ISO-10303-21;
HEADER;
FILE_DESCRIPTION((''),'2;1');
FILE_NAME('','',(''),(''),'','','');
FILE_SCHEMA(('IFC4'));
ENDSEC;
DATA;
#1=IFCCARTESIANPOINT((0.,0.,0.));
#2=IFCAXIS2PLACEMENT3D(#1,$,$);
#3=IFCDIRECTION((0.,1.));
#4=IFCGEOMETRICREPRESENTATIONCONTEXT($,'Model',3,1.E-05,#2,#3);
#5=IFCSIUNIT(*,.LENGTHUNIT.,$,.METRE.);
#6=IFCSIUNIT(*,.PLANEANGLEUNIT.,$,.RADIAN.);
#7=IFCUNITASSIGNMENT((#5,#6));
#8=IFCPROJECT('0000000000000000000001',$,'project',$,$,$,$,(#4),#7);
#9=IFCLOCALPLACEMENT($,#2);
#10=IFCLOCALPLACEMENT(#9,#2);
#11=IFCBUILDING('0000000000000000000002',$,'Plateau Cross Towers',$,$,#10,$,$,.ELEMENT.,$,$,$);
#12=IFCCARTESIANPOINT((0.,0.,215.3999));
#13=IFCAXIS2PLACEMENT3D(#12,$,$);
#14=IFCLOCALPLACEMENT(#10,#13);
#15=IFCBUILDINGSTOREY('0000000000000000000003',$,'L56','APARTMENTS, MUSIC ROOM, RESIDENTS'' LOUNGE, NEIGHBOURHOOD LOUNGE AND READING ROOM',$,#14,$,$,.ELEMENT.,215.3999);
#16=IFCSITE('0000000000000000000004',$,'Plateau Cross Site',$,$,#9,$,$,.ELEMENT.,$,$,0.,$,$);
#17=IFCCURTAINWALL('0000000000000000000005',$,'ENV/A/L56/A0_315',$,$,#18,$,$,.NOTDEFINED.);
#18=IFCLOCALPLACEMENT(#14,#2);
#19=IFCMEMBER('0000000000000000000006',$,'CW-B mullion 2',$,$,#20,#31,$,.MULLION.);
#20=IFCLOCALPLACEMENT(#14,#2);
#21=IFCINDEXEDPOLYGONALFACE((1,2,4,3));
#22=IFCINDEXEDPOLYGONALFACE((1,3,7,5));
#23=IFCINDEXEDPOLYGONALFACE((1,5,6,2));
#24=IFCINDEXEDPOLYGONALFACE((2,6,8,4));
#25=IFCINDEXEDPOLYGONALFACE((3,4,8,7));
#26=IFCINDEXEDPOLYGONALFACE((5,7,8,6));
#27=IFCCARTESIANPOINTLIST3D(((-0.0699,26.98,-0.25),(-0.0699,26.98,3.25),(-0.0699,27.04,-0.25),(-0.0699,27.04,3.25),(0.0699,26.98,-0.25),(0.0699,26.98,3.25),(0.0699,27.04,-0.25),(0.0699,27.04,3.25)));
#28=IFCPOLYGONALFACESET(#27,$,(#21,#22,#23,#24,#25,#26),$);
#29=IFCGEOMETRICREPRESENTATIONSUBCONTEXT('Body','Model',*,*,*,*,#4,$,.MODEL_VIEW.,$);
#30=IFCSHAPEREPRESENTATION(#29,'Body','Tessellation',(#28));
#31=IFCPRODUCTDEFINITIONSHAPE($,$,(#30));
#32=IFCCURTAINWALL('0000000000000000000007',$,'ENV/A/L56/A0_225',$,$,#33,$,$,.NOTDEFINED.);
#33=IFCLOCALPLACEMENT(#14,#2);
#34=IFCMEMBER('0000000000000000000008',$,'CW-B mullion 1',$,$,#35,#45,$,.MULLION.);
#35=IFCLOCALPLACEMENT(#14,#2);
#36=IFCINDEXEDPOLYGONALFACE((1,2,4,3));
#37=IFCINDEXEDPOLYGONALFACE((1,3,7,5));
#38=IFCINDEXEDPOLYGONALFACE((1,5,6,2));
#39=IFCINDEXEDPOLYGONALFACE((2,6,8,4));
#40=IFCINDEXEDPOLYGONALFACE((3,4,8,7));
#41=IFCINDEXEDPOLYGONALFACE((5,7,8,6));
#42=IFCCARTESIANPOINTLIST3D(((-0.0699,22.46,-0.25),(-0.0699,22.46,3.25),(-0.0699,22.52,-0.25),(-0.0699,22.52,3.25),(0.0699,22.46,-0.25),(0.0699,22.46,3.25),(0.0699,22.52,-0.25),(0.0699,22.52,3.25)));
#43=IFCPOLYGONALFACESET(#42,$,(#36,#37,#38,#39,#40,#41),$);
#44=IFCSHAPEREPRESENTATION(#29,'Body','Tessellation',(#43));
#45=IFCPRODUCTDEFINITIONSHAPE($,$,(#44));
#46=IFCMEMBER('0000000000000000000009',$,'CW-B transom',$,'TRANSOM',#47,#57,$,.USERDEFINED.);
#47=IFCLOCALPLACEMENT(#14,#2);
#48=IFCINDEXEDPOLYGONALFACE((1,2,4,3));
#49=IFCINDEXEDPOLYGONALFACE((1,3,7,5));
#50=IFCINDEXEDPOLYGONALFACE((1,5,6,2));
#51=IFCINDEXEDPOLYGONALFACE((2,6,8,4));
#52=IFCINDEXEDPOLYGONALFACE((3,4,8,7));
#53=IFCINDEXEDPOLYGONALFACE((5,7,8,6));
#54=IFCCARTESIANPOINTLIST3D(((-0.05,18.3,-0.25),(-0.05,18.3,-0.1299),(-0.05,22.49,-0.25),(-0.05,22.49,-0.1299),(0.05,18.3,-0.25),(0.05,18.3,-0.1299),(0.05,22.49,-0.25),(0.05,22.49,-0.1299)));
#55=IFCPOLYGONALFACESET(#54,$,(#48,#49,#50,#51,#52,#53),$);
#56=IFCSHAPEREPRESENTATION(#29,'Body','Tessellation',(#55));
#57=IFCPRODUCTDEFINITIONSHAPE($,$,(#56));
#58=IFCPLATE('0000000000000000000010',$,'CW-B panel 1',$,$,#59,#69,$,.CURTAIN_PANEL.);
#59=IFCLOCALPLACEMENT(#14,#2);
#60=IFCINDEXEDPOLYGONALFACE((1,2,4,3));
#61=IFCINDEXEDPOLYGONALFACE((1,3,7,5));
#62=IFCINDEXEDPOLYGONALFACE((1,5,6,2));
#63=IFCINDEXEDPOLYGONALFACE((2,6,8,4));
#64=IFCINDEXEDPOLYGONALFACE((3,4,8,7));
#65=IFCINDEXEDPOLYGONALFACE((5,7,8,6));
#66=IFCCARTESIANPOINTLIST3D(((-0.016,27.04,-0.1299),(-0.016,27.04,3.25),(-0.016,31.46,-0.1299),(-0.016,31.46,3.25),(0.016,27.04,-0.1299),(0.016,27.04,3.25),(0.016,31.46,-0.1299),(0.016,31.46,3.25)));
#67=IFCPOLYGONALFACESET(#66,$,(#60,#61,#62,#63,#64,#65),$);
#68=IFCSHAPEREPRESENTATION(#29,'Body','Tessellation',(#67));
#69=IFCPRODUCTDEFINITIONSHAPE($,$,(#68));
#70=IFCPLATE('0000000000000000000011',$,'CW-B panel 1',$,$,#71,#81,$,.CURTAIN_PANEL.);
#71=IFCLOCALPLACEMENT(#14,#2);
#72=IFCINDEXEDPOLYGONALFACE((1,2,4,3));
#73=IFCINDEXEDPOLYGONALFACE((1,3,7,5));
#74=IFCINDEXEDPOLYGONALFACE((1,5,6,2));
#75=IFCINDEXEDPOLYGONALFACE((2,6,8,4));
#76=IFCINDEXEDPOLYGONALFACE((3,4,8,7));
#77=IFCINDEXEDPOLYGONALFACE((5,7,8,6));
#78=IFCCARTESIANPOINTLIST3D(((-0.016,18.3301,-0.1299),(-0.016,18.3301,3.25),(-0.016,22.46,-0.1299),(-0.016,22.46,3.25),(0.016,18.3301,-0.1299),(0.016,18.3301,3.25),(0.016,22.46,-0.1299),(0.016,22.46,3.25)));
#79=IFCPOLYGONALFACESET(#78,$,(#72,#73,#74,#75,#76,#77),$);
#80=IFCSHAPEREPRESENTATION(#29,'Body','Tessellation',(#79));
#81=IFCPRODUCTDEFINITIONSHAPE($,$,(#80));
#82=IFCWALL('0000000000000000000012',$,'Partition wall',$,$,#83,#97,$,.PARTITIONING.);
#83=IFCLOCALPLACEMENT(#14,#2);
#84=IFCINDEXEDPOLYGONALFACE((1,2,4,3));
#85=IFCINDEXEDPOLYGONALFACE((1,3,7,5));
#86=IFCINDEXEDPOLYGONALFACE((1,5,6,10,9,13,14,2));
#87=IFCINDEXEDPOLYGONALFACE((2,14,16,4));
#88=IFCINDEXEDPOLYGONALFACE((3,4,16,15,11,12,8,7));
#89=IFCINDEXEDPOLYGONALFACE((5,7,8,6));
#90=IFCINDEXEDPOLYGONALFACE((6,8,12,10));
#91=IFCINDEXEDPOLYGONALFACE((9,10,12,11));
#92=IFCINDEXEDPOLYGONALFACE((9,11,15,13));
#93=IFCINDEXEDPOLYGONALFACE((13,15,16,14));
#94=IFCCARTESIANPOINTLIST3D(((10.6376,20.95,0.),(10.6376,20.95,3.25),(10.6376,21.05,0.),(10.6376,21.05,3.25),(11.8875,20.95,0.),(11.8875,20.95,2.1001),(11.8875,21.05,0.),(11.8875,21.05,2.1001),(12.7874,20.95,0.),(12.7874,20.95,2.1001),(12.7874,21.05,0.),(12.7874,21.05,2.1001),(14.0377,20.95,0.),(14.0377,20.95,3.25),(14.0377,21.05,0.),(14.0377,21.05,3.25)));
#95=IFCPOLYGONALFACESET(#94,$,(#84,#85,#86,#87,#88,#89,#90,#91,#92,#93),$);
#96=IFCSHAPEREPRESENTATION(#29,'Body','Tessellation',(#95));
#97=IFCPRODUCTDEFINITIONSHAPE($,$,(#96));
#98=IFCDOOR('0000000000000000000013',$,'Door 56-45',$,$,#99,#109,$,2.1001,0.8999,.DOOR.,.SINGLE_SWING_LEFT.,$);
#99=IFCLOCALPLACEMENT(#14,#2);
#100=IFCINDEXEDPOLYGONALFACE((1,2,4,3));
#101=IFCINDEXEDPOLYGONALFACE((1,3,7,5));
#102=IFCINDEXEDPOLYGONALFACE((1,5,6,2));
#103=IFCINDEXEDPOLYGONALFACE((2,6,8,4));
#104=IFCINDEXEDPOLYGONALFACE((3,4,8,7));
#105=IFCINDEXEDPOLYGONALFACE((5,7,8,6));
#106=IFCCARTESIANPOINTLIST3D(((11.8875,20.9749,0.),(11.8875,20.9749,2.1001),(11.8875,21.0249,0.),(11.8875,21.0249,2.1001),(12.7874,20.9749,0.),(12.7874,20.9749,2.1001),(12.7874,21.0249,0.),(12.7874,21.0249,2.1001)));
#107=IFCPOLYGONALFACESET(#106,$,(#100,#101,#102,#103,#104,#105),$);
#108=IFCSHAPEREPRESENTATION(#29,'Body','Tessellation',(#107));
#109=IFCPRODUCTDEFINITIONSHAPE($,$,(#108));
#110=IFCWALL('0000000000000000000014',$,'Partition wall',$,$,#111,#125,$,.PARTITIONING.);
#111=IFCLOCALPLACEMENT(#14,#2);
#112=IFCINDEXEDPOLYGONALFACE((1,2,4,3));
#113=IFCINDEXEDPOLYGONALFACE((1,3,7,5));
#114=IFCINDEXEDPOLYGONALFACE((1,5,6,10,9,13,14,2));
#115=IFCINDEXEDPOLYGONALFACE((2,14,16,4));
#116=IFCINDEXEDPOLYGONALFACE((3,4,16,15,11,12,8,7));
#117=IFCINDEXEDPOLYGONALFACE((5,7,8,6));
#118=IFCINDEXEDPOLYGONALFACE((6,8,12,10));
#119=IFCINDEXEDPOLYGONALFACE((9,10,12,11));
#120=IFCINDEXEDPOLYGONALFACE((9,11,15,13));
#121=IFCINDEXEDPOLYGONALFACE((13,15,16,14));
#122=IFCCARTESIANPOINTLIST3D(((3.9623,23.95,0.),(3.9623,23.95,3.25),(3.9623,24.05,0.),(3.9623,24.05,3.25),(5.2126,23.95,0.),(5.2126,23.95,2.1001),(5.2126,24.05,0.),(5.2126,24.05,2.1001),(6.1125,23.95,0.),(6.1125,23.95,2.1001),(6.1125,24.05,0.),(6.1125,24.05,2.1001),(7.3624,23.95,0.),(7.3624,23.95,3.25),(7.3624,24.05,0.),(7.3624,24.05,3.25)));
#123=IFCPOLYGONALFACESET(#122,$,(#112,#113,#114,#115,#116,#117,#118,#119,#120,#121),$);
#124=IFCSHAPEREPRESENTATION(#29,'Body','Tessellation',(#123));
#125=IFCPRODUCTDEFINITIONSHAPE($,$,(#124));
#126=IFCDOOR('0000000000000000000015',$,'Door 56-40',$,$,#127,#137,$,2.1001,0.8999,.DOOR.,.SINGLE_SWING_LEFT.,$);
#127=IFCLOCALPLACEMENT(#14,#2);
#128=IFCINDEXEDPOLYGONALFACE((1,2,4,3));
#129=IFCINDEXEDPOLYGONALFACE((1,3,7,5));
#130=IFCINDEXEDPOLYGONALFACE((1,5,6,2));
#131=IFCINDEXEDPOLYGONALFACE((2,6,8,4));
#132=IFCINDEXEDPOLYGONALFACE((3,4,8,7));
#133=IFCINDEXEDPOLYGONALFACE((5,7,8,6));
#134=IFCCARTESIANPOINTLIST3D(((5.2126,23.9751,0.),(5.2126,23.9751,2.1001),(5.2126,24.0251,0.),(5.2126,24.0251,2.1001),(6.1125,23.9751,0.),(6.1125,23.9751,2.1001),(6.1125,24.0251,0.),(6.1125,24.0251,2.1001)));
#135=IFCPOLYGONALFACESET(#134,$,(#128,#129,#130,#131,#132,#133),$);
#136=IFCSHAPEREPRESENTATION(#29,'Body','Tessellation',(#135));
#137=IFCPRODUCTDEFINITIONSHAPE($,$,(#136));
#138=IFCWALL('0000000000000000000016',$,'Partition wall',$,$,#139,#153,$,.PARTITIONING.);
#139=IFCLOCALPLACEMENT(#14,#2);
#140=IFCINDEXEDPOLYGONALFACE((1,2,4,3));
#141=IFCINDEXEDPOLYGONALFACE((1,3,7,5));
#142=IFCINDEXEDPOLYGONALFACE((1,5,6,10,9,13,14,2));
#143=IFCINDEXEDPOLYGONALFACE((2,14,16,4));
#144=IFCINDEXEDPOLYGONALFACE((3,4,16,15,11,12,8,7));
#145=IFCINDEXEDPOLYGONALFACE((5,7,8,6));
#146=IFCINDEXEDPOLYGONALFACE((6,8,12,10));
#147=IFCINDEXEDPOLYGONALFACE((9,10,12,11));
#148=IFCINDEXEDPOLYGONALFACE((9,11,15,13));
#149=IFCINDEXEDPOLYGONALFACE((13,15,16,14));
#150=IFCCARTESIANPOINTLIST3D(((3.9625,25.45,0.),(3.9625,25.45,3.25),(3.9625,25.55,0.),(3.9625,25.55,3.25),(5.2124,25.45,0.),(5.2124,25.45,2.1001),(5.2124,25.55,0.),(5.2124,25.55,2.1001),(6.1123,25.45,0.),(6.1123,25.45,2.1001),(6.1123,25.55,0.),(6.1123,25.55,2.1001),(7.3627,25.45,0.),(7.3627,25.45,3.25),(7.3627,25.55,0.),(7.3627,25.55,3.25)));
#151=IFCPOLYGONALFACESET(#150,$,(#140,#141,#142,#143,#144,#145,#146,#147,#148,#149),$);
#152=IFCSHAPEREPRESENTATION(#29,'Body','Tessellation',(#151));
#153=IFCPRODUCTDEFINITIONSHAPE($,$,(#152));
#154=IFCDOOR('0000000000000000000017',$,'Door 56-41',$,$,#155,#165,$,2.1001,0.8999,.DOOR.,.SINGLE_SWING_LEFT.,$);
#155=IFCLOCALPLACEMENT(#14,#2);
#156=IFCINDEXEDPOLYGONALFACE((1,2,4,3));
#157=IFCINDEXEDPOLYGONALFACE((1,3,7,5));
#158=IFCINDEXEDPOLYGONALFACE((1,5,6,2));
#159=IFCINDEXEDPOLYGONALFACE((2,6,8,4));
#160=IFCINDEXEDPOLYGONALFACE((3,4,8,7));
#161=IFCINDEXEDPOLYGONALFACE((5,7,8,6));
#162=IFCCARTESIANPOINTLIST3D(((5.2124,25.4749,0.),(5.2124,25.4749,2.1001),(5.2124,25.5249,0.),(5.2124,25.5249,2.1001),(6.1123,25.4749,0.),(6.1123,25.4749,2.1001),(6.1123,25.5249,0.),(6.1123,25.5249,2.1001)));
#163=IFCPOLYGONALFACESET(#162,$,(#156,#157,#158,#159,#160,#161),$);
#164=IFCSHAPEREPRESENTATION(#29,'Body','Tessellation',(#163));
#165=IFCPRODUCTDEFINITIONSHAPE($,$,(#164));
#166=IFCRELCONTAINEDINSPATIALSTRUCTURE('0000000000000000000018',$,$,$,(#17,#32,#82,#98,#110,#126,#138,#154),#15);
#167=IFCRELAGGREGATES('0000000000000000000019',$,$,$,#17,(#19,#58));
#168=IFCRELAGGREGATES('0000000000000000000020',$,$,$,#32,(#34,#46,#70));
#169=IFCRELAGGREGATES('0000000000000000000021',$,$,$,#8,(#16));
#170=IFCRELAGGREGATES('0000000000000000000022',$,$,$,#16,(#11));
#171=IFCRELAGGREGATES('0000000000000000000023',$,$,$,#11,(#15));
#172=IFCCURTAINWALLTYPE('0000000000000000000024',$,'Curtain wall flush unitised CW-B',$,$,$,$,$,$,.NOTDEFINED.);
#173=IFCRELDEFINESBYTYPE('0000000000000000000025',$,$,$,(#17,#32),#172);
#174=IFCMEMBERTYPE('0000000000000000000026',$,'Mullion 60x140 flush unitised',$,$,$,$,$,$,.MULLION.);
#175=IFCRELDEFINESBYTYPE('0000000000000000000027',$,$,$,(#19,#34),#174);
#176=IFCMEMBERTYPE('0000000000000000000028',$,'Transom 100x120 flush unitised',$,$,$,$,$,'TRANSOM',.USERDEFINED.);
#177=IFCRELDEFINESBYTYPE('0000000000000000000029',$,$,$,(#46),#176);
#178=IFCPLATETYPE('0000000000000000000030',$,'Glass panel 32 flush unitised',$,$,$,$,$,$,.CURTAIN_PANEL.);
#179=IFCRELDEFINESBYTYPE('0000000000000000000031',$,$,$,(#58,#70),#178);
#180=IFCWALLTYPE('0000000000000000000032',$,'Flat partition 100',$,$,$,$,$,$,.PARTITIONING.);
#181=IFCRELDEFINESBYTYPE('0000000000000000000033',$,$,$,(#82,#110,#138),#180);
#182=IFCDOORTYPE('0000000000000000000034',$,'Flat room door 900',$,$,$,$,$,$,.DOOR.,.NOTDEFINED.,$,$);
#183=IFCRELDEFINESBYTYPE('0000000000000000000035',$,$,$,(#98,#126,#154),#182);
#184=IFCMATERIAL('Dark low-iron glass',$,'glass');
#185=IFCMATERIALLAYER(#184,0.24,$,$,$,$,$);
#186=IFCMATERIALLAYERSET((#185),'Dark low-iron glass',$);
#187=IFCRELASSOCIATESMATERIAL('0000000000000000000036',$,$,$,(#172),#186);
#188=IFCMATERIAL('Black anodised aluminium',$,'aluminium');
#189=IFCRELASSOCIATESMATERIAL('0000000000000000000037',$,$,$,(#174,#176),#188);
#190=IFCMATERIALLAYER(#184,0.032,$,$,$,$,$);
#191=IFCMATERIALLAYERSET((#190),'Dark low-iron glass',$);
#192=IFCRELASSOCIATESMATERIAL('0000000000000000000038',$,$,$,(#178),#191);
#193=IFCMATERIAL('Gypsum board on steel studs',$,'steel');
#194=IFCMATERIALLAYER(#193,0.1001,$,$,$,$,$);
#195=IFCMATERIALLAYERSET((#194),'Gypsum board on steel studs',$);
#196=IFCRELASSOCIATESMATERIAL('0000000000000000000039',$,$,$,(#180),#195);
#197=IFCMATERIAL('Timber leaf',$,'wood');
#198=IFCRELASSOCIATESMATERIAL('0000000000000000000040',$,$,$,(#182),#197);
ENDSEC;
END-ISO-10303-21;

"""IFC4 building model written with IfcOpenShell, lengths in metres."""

from ifc_helpers import new_model, si_unit, direction, frame, frame_2d, origin, origin_2d, place, context, subcontext, project, spatial, rectangle, extrude, material, layer, layer_set, material_profile, profile_set, type_object, element, fill, aggregate, save


model = new_model("IFC4")

# Units and contexts
model_context = context("Model", 3, precision=1e-05, world=origin(), true_north=direction((0.0, 1.0)))
body_context = subcontext(model_context, "Body", "Model", "MODEL_VIEW")
ifc_project = project(units=[si_unit("LENGTHUNIT", "METRE"), si_unit("PLANEANGLEUNIT", "RADIAN")], contexts=[model_context])

# Site, building, storey
site_placement = place(None, origin())
site = spatial("IfcSite", under=ifc_project, at=site_placement, Name="Plateau Cross Site", CompositionType="ELEMENT", RefElevation=0.0)
building_placement = place(site_placement, origin())
building = spatial("IfcBuilding", under=site, at=building_placement, Name="Plateau Cross Towers", CompositionType="ELEMENT")
storey_placement = place(building_placement, frame((0.0, 0.0, 215.3999)))
storey = spatial("IfcBuildingStorey", under=building, at=storey_placement, Name="L56", Description="APARTMENTS, MUSIC ROOM, RESIDENTS' LOUNGE, NEIGHBOURHOOD LOUNGE AND READING ROOM", CompositionType="ELEMENT", Elevation=215.3999)

# Curtain wall, member
ifc_material_1 = material(Name="Dark low-iron glass", Category="glass")
ifc_layer_1 = layer(ifc_material_1, 0.24)
ifc_layer_set_1 = layer_set([ifc_layer_1], Name="Dark low-iron glass")
curtain_wall_type = type_object("IfcCurtainWallType", Name="Curtain wall flush unitised CW-B", PredefinedType="NOTDEFINED", material=ifc_layer_set_1)
curtain_wall_1_placement = place(storey_placement, origin())
curtain_wall_1 = element("IfcCurtainWall", 1, at=curtain_wall_1_placement, inside=storey, type_object=curtain_wall_type, Name="ENV/A/L56/A0_315", PredefinedType="NOTDEFINED")
ifc_material_2 = material(Name="Black anodised aluminium", Category="aluminium")
ifc_material_profile_1 = material_profile(ifc_material_2, rectangle(XDim=0.0601, YDim=0.1399, at=origin_2d()), Name="MULLION 60x140")
ifc_profile_set_1 = profile_set([ifc_material_profile_1], Name="Black anodised aluminium")
member_type_1 = type_object("IfcMemberType", Name="Mullion 60x140 flush unitised", PredefinedType="MULLION", material=ifc_profile_set_1)
member_1_placement = place(storey_placement, frame((0.0, 27.01, -0.25), z_axis=(0.0, 0.0, 1.0), x_axis=(0.0, -1.0, 0.0)))
member_1 = element("IfcMember", 2, at=member_1_placement, type_object=member_type_1, Name="CW-B mullion 2", PredefinedType="MULLION", context=body_context, shape_type="SweptSolid", body=[
    extrude(rectangle(XDim=0.0601, YDim=0.1399, at=origin_2d()), origin(), (0.0, 0.0, 1.0), 3.5),
])

# Curtain wall, members
curtain_wall_2_placement = place(storey_placement, origin())
curtain_wall_2 = element("IfcCurtainWall", 3, at=curtain_wall_2_placement, inside=storey, type_object=curtain_wall_type, Name="ENV/A/L56/A0_225", PredefinedType="NOTDEFINED")
member_2_placement = place(storey_placement, frame((0.0, 22.49, -0.25), z_axis=(0.0, 0.0, 1.0), x_axis=(0.0, -1.0, 0.0)))
member_2 = element("IfcMember", 4, at=member_2_placement, type_object=member_type_1, Name="CW-B mullion 1", PredefinedType="MULLION", context=body_context, shape_type="SweptSolid", body=[
    extrude(rectangle(XDim=0.0601, YDim=0.1399, at=origin_2d()), origin(), (0.0, 0.0, 1.0), 3.5),
])
ifc_material_profile_2 = material_profile(ifc_material_2, rectangle(XDim=0.1001, YDim=0.1201, at=origin_2d()), Name="TRANSOM 100x120")
ifc_profile_set_2 = profile_set([ifc_material_profile_2], Name="Black anodised aluminium")
member_type_2 = type_object("IfcMemberType", Name="Transom 100x120 flush unitised", ElementType="TRANSOM", PredefinedType="USERDEFINED", material=ifc_profile_set_2)
member_3_placement = place(storey_placement, frame((0.0, 22.49, -0.1899), z_axis=(0.0, -1.0, 0.0), x_axis=(1.0, 0.0, 0.0)))
member_3 = element("IfcMember", 5, at=member_3_placement, type_object=member_type_2, Name="CW-B transom", ObjectType="TRANSOM", PredefinedType="USERDEFINED", context=body_context, shape_type="SweptSolid", body=[
    extrude(rectangle(XDim=0.1001, YDim=0.1201, at=origin_2d()), origin(), (0.0, 0.0, 1.0), 4.1899),
])

# Plates
ifc_layer_2 = layer(ifc_material_1, 0.032)
ifc_layer_set_2 = layer_set([ifc_layer_2], Name="Dark low-iron glass")
plate_type = type_object("IfcPlateType", Name="Glass panel 32 flush unitised", PredefinedType="CURTAIN_PANEL", material=ifc_layer_set_2)
plate_1_placement = place(storey_placement, frame((0.0, 29.25, -0.1299), z_axis=(0.0, 0.0, 1.0), x_axis=(0.0, -1.0, 0.0)))
plate_1 = element("IfcPlate", 6, at=plate_1_placement, type_object=plate_type, Name="CW-B panel 1", PredefinedType="CURTAIN_PANEL", context=body_context, shape_type="SweptSolid", body=[
    extrude(rectangle(XDim=4.4199, YDim=0.032, at=origin_2d()), origin(), (0.0, 0.0, 1.0), 3.3799),
])
aggregate(curtain_wall_1, [member_1, plate_1])
plate_2_placement = place(storey_placement, frame((0.0, 20.395, -0.1299), z_axis=(0.0, 0.0, 1.0), x_axis=(0.0, -1.0, 0.0)))
plate_2 = element("IfcPlate", 7, at=plate_2_placement, type_object=plate_type, Name="CW-B panel 1", PredefinedType="CURTAIN_PANEL", context=body_context, shape_type="SweptSolid", body=[
    extrude(rectangle(XDim=4.1299, YDim=0.032, at=origin_2d()), origin(), (0.0, 0.0, 1.0), 3.3799),
])
aggregate(curtain_wall_2, [member_2, member_3, plate_2])

# Walls, openings, doors
ifc_material_3 = material(Name="Gypsum board on steel studs", Category="steel")
ifc_layer_3 = layer(ifc_material_3, 0.1001)
ifc_layer_set_3 = layer_set([ifc_layer_3], Name="Gypsum board on steel studs")
wall_type_1 = type_object("IfcWallType", Name="Flat partition 100", PredefinedType="PARTITIONING", material=ifc_layer_set_3)
wall_1_placement = place(storey_placement, frame((10.6375, 21.0, 0.0), z_axis=(0.0, 0.0, 1.0), x_axis=(1.0, 0.0, 0.0)))
wall_1 = element("IfcWall", 8, at=wall_1_placement, inside=storey, type_object=wall_type_1, Name="Partition wall", PredefinedType="PARTITIONING", context=body_context, shape_type="SweptSolid", body=[
    extrude(rectangle(XDim=3.4001, YDim=0.1001, at=frame_2d((1.7002, 0.0))), origin(), (0.0, 0.0, 1.0), 3.25),
])
opening_1_placement = place(wall_1_placement, frame((1.25, 0.0, 0.0)))
opening_1 = element("IfcOpeningElement", 9, at=opening_1_placement, cuts=wall_1, PredefinedType="OPENING", context=body_context, shape_type="SweptSolid", body=[
    extrude(rectangle(XDim=0.8999, YDim=2.1001, at=frame_2d((0.45, 1.05))), frame((0.0, 0.0601, 0.0), z_axis=(0.0, -1.0, 0.0), x_axis=(1.0, 0.0, 0.0)), (0.0, 0.0, 1.0), 0.1201),
])
ifc_material_4 = material(Name="Timber leaf", Category="wood")
door_type_1 = type_object("IfcDoorType", Name="Flat room door 900", OperationType="NOTDEFINED", PredefinedType="DOOR", material=ifc_material_4)
door_1_placement = place(opening_1_placement, origin())
door_1 = element("IfcDoor", 10, at=door_1_placement, inside=storey, type_object=door_type_1, Name="Door 56-45", OperationType="SINGLE_SWING_LEFT", OverallHeight=2.1001, OverallWidth=0.8999, PredefinedType="DOOR", context=body_context, shape_type="SweptSolid", body=[
    extrude(rectangle(XDim=0.8999, YDim=2.1001, at=frame_2d((0.45, 1.05))), frame((0.0, 0.0249, 0.0), z_axis=(0.0, -1.0, 0.0), x_axis=(1.0, 0.0, 0.0)), (0.0, 0.0, 1.0), 0.05),
])
fill(opening_1, door_1)
wall_2_placement = place(storey_placement, frame((7.3625, 24.0, 0.0), z_axis=(0.0, 0.0, 1.0), x_axis=(-1.0, 0.0, 0.0)))
wall_2 = element("IfcWall", 11, at=wall_2_placement, inside=storey, type_object=wall_type_1, Name="Partition wall", PredefinedType="PARTITIONING", context=body_context, shape_type="SweptSolid", body=[
    extrude(rectangle(XDim=3.4001, YDim=0.1001, at=frame_2d((1.7002, 0.0))), origin(), (0.0, 0.0, 1.0), 3.25),
])
opening_2_placement = place(wall_2_placement, frame((1.25, 0.0, 0.0)))
opening_2 = element("IfcOpeningElement", 12, at=opening_2_placement, cuts=wall_2, PredefinedType="OPENING", context=body_context, shape_type="SweptSolid", body=[
    extrude(rectangle(XDim=0.8999, YDim=2.1001, at=frame_2d((0.45, 1.05))), frame((0.0, 0.0601, 0.0), z_axis=(0.0, -1.0, 0.0), x_axis=(1.0, 0.0, 0.0)), (0.0, 0.0, 1.0), 0.1201),
])
door_2_placement = place(opening_2_placement, origin())
door_2 = element("IfcDoor", 13, at=door_2_placement, inside=storey, type_object=door_type_1, Name="Door 56-40", OperationType="SINGLE_SWING_LEFT", OverallHeight=2.1001, OverallWidth=0.8999, PredefinedType="DOOR", context=body_context, shape_type="SweptSolid", body=[
    extrude(rectangle(XDim=0.8999, YDim=2.1001, at=frame_2d((0.45, 1.05))), frame((0.0, 0.0249, 0.0), z_axis=(0.0, -1.0, 0.0), x_axis=(1.0, 0.0, 0.0)), (0.0, 0.0, 1.0), 0.05),
])
fill(opening_2, door_2)
wall_3_placement = place(storey_placement, frame((3.9624, 25.5, 0.0), z_axis=(0.0, 0.0, 1.0), x_axis=(1.0, 0.0, 0.0)))
wall_3 = element("IfcWall", 14, at=wall_3_placement, inside=storey, type_object=wall_type_1, Name="Partition wall", PredefinedType="PARTITIONING", context=body_context, shape_type="SweptSolid", body=[
    extrude(rectangle(XDim=3.4001, YDim=0.1001, at=frame_2d((1.7002, 0.0))), origin(), (0.0, 0.0, 1.0), 3.25),
])
opening_3_placement = place(wall_3_placement, frame((1.25, 0.0, 0.0)))
opening_3 = element("IfcOpeningElement", 15, at=opening_3_placement, cuts=wall_3, PredefinedType="OPENING", context=body_context, shape_type="SweptSolid", body=[
    extrude(rectangle(XDim=0.8999, YDim=2.1001, at=frame_2d((0.45, 1.05))), frame((0.0, 0.0601, 0.0), z_axis=(0.0, -1.0, 0.0), x_axis=(1.0, 0.0, 0.0)), (0.0, 0.0, 1.0), 0.1201),
])
door_3_placement = place(opening_3_placement, origin())
door_3 = element("IfcDoor", 16, at=door_3_placement, inside=storey, type_object=door_type_1, Name="Door 56-41", OperationType="SINGLE_SWING_LEFT", OverallHeight=2.1001, OverallWidth=0.8999, PredefinedType="DOOR", context=body_context, shape_type="SweptSolid", body=[
    extrude(rectangle(XDim=0.8999, YDim=2.1001, at=frame_2d((0.45, 1.05))), frame((0.0, 0.0249, 0.0), z_axis=(0.0, -1.0, 0.0), x_axis=(1.0, 0.0, 0.0)), (0.0, 0.0, 1.0), 0.05),
])
fill(opening_3, door_3)

save(model, "model.ifc")
